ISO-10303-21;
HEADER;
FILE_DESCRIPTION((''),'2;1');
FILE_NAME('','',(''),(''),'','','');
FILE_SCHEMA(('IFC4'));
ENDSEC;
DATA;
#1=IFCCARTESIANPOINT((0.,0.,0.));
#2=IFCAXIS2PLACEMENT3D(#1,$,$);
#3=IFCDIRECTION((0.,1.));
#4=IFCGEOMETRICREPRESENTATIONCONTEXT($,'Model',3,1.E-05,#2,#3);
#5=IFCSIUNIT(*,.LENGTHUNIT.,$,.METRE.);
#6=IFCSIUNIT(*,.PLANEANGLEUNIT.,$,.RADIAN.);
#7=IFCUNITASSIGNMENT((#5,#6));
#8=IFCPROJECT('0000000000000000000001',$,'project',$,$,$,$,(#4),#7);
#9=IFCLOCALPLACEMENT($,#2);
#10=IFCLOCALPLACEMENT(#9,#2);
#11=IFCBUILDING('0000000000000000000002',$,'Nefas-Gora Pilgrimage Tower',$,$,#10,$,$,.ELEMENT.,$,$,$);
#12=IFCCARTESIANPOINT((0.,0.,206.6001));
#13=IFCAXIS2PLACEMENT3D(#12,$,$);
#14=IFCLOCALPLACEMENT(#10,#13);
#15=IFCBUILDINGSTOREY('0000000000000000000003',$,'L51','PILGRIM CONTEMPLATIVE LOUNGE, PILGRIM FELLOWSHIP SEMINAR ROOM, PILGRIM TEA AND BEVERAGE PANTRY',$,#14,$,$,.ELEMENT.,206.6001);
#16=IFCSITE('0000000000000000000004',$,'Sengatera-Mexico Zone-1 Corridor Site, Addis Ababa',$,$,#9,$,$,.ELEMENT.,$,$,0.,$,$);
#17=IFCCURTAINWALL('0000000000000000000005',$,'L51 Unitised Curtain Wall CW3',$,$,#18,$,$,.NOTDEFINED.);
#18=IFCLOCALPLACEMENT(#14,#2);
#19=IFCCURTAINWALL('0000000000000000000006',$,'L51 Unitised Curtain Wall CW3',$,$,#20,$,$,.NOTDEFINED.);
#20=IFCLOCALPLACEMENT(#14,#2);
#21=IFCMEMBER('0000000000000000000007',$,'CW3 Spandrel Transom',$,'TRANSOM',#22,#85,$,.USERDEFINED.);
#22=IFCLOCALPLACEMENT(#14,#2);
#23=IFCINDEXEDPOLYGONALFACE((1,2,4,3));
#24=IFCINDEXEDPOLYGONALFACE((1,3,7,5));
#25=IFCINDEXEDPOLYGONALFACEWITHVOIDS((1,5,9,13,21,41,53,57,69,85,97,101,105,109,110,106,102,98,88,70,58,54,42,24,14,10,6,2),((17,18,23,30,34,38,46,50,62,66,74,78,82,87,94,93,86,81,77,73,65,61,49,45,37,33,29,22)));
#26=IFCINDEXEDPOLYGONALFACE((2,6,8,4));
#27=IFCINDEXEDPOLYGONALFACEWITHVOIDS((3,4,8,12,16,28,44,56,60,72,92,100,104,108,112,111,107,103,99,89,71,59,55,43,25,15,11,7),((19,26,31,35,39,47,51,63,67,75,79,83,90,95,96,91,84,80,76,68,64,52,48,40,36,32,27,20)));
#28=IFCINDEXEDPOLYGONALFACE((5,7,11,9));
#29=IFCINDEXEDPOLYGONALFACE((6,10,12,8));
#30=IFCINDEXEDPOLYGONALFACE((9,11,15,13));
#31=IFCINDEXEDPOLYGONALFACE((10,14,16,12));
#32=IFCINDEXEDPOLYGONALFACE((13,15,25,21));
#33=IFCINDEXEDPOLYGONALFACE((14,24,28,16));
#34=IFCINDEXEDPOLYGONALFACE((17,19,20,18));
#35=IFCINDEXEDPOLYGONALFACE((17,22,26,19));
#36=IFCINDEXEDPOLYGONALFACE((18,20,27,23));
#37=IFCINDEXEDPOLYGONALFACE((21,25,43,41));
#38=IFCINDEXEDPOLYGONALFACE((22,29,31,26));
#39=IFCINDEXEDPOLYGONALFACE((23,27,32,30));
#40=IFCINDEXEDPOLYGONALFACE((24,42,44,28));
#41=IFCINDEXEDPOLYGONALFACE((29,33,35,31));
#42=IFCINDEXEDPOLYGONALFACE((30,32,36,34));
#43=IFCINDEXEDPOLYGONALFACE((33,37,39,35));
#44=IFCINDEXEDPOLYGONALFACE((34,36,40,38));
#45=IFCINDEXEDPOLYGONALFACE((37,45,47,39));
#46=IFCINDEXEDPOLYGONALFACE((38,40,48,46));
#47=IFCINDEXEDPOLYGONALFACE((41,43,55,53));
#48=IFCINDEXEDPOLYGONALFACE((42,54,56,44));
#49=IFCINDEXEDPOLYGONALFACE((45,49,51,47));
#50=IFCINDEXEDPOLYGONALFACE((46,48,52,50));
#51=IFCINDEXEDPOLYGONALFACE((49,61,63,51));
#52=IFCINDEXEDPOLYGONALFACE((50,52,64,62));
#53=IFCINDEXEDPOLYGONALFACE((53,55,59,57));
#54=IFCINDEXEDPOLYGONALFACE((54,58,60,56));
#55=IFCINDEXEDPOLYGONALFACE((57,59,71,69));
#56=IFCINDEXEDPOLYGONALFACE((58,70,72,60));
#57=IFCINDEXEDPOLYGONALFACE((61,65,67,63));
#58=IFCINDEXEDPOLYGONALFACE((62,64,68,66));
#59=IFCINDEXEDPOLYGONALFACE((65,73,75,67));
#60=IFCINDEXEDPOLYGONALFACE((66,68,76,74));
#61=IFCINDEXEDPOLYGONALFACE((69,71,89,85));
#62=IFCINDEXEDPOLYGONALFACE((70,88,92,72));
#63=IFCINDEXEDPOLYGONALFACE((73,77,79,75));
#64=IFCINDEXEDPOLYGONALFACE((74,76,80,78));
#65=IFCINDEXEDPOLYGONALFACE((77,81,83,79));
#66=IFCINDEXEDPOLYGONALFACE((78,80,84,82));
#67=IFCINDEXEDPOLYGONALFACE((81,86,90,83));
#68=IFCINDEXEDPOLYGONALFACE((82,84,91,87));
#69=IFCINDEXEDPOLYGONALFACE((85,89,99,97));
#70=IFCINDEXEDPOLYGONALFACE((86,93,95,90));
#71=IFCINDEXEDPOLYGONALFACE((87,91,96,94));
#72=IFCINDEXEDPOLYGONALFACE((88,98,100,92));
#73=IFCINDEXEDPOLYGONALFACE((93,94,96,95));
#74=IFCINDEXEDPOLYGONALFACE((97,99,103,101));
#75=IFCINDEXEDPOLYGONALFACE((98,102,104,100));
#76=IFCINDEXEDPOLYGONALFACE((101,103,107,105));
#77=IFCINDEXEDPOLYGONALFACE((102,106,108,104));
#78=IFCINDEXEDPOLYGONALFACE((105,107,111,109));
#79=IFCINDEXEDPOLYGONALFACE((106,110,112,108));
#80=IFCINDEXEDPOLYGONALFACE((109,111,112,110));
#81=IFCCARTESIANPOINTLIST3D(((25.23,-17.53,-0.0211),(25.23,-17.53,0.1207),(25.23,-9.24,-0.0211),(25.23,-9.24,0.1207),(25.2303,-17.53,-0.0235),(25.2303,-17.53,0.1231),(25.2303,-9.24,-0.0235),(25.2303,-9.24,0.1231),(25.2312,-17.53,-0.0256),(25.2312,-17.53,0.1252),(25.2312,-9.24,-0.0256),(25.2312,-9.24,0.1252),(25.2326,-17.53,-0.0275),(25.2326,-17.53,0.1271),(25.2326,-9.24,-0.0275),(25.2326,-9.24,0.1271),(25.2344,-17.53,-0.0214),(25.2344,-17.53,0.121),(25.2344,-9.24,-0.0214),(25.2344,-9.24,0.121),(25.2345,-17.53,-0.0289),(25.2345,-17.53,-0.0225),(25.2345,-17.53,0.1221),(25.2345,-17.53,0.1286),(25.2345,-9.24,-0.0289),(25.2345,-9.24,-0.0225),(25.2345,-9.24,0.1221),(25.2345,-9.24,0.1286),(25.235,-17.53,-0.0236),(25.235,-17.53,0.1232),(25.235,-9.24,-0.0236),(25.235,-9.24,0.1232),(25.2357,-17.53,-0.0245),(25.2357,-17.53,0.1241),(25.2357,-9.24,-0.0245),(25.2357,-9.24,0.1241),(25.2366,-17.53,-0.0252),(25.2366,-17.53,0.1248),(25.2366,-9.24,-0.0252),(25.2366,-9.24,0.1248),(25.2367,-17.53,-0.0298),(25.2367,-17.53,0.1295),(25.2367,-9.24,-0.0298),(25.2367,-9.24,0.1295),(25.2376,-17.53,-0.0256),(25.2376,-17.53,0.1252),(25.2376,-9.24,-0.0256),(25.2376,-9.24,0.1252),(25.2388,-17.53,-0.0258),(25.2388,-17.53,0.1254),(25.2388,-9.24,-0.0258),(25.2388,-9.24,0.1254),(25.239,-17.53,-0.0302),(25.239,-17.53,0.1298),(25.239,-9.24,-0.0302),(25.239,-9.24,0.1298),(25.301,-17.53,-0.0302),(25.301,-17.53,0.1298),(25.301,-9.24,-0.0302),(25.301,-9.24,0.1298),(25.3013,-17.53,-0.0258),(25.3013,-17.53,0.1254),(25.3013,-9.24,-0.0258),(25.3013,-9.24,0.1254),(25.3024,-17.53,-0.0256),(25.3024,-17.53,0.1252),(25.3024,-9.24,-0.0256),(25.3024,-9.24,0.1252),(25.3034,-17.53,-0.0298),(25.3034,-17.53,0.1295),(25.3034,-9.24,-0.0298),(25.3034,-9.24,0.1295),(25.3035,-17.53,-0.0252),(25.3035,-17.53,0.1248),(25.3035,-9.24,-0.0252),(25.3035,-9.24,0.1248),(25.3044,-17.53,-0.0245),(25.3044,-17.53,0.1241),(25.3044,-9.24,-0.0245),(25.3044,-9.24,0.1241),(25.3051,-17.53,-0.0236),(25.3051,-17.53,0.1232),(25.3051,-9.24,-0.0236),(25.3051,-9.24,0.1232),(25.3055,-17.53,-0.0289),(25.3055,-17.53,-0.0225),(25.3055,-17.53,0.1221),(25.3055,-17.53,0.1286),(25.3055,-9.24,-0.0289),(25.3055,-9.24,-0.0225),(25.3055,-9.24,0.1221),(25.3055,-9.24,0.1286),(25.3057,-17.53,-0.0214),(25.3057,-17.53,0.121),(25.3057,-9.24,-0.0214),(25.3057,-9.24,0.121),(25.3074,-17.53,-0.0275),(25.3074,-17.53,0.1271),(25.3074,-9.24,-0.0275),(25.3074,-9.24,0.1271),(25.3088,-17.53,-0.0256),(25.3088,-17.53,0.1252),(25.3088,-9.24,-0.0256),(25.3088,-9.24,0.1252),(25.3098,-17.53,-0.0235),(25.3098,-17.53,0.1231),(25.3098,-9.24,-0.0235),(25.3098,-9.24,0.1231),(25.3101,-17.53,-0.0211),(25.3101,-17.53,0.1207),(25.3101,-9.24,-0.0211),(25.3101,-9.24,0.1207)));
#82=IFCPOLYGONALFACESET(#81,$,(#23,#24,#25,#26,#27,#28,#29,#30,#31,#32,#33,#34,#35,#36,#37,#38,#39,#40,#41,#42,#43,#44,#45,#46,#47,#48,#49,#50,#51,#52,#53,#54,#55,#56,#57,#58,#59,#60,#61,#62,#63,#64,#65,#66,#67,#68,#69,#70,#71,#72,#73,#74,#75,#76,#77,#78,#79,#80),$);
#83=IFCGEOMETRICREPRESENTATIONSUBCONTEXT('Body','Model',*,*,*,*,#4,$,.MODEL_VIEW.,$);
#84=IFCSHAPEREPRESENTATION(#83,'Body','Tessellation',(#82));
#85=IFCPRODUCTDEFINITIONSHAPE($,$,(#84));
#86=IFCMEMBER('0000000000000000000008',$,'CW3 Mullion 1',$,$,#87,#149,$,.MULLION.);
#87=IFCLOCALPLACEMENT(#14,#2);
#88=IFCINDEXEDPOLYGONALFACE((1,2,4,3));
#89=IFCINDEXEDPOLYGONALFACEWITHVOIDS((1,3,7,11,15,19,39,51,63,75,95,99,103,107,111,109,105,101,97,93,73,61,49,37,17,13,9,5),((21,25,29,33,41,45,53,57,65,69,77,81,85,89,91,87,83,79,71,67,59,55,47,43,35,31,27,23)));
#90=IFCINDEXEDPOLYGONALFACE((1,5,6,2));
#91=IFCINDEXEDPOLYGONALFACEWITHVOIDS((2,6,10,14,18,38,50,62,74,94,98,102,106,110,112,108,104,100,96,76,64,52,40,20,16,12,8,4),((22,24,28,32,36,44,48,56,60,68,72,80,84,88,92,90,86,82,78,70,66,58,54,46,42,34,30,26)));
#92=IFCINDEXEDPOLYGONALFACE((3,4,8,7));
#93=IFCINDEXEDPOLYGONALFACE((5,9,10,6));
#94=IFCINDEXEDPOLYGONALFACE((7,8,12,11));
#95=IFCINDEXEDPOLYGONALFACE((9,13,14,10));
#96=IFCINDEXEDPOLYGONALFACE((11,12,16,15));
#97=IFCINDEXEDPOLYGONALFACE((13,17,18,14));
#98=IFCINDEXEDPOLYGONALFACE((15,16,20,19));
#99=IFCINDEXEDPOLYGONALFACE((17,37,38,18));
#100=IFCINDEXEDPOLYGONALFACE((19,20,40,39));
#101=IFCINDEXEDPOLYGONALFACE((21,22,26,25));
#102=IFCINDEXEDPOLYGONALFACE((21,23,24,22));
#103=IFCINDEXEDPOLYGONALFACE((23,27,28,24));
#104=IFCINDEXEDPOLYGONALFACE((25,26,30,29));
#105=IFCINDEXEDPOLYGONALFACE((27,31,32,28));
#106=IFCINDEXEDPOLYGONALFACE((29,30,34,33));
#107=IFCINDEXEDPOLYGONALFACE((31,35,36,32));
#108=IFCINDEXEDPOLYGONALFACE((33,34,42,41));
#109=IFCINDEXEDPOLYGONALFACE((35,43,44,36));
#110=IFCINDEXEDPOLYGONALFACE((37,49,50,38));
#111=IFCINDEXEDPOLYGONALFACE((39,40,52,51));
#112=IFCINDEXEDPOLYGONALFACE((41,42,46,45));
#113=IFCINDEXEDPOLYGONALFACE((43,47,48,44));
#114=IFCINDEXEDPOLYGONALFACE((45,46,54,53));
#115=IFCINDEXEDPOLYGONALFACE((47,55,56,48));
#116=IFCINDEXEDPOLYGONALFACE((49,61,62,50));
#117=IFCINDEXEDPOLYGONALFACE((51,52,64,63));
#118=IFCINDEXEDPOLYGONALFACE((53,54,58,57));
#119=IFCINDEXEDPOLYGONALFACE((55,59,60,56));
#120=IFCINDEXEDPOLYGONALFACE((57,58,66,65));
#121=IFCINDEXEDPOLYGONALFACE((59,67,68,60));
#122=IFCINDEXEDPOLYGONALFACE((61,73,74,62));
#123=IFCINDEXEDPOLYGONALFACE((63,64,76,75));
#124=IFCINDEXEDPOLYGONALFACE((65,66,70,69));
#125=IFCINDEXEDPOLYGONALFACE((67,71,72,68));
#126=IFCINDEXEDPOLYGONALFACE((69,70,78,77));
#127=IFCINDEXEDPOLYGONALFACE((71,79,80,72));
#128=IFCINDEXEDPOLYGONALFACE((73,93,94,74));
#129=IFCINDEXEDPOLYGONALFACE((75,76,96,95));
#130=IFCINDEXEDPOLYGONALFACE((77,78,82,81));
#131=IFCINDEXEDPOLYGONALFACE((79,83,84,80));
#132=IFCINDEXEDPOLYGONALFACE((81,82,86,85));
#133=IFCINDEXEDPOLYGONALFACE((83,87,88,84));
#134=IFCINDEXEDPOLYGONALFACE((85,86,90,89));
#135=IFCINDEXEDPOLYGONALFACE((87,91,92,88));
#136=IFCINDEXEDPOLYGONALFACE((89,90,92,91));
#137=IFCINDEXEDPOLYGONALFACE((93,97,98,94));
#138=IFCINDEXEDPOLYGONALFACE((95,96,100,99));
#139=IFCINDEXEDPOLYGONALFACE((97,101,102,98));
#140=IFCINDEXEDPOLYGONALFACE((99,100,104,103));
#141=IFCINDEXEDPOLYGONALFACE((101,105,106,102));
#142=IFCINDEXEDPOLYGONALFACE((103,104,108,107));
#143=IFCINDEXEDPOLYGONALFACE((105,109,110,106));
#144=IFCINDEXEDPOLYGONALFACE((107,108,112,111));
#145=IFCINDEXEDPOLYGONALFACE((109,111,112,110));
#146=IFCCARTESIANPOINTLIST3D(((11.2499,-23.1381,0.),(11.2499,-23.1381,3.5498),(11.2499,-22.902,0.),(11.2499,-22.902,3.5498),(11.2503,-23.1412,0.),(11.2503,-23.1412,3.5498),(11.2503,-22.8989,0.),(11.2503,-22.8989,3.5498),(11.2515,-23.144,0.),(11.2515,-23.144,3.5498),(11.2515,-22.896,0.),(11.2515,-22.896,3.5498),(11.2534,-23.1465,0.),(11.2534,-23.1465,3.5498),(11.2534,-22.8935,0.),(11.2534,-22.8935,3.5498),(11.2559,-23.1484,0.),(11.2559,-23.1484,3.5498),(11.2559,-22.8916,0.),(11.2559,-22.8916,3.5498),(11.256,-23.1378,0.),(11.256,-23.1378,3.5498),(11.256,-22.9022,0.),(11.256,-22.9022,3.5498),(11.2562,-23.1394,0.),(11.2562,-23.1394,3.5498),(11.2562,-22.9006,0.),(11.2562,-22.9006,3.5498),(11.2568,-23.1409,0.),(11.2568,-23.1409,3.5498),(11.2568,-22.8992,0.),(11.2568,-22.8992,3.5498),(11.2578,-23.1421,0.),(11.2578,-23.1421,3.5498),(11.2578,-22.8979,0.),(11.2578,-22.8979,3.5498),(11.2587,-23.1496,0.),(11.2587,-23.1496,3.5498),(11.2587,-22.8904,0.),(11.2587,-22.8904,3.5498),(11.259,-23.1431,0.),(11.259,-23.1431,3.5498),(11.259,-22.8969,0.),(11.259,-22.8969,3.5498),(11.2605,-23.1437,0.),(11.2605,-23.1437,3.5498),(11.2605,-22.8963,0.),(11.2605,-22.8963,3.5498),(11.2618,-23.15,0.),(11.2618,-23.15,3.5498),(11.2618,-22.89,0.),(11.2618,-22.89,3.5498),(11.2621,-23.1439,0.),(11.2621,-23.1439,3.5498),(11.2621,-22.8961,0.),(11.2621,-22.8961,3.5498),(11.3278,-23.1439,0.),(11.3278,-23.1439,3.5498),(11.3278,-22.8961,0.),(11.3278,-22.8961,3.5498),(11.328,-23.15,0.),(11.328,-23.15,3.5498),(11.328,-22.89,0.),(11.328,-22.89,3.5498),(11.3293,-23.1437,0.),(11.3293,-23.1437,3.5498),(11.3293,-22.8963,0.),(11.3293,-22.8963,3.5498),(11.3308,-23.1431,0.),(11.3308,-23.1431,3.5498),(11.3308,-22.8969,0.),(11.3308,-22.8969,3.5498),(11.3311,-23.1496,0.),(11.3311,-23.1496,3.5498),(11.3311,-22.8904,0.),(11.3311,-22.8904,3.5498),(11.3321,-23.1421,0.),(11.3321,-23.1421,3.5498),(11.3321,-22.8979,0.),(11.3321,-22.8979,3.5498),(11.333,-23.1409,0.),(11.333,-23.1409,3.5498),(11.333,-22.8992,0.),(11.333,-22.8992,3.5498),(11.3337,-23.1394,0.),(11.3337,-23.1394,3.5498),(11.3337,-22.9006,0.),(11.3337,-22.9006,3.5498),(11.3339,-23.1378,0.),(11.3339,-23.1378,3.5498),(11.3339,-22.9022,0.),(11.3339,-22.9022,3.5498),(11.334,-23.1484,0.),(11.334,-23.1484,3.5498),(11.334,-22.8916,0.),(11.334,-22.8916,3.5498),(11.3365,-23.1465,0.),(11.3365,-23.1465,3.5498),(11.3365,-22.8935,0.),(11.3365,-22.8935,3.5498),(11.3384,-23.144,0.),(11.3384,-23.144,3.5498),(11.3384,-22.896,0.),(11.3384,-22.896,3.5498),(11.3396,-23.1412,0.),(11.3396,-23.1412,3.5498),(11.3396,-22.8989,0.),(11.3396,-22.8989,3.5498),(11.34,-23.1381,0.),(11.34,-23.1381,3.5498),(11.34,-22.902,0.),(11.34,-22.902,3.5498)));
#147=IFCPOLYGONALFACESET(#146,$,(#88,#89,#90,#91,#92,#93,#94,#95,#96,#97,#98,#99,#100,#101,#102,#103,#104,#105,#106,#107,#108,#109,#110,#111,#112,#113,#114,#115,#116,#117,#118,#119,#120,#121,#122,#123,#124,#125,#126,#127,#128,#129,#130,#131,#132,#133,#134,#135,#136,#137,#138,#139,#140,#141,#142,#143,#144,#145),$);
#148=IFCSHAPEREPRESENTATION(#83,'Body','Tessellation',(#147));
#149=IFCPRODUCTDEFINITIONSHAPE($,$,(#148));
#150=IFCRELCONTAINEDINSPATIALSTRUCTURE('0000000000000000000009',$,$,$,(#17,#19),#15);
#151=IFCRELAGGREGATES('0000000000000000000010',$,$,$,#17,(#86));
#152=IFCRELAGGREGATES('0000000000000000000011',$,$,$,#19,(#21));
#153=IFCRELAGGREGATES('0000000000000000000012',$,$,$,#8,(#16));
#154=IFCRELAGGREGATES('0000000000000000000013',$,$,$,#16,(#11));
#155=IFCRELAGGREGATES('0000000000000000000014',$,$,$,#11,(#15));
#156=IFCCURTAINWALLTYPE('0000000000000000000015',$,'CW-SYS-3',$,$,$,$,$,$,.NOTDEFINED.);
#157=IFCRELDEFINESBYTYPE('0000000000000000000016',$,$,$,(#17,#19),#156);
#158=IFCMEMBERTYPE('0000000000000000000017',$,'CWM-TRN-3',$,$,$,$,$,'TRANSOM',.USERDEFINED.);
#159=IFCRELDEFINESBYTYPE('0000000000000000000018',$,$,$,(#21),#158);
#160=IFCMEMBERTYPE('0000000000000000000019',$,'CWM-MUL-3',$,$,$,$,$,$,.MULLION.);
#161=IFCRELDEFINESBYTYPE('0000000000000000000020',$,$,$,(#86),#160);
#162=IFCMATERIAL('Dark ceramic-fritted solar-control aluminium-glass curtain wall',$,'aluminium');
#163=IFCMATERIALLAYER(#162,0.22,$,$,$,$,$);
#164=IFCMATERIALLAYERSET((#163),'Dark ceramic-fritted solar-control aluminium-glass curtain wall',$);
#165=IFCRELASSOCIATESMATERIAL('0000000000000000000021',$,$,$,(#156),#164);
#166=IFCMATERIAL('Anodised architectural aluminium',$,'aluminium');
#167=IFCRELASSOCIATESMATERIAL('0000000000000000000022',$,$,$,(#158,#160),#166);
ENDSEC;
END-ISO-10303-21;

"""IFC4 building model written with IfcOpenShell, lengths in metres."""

from ifc_helpers import new_model, si_unit, direction, frame, origin, origin_2d, place, context, subcontext, project, spatial, hollow_rectangle, extrude, source, transform, mapped, material, layer, layer_set, material_profile, profile_set, type_object, element, aggregate, save


model = new_model("IFC4")

# Units and contexts
model_context = context("Model", 3, precision=1e-05, world=origin(), true_north=direction((0.0, 1.0)))
body_context = subcontext(model_context, "Body", "Model", "MODEL_VIEW")
ifc_project = project(units=[si_unit("LENGTHUNIT", "METRE"), si_unit("PLANEANGLEUNIT", "RADIAN")], contexts=[model_context])

# Site, building, storey
site_placement = place(None, origin())
site = spatial("IfcSite", under=ifc_project, at=site_placement, Name="Sengatera-Mexico Zone-1 Corridor Site, Addis Ababa", CompositionType="ELEMENT", RefElevation=0.0)
building_placement = place(site_placement, origin())
building = spatial("IfcBuilding", under=site, at=building_placement, Name="Nefas-Gora Pilgrimage Tower", CompositionType="ELEMENT")
storey_placement = place(building_placement, frame((0.0, 0.0, 206.6001)))
storey = spatial("IfcBuildingStorey", under=building, at=storey_placement, Name="L51", Description="PILGRIM CONTEMPLATIVE LOUNGE, PILGRIM FELLOWSHIP SEMINAR ROOM, PILGRIM TEA AND BEVERAGE PANTRY", CompositionType="ELEMENT", Elevation=206.6001)

# Curtain walls, member
ifc_material_1 = material(Name="Dark ceramic-fritted solar-control aluminium-glass curtain wall", Category="aluminium")
ifc_layer_1 = layer(ifc_material_1, 0.22)
ifc_layer_set_1 = layer_set([ifc_layer_1], Name="Dark ceramic-fritted solar-control aluminium-glass curtain wall")
curtain_wall_type = type_object("IfcCurtainWallType", Name="CW-SYS-3", PredefinedType="NOTDEFINED", material=ifc_layer_set_1)
curtain_wall_1_placement = place(storey_placement, origin())
curtain_wall_1 = element("IfcCurtainWall", 1, at=curtain_wall_1_placement, inside=storey, type_object=curtain_wall_type, Name="L51 Unitised Curtain Wall CW3", PredefinedType="NOTDEFINED")
ifc_material_2 = material(Name="Anodised architectural aluminium", Category="aluminium")
ifc_material_profile_1 = material_profile(ifc_material_2, hollow_rectangle(XDim=0.0801, YDim=0.1599, WallThickness=0.0044, InnerFilletRadius=0.0044, OuterFilletRadius=0.009, at=origin_2d()), Name="ALU TRANSOM 80x160")
ifc_profile_set_1 = profile_set([ifc_material_profile_1], Name="Anodised architectural aluminium")
member_type_1 = type_object("IfcMemberType", Name="CWM-TRN-3", ElementType="TRANSOM", PredefinedType="USERDEFINED", material=ifc_profile_set_1)
curtain_wall_2_placement = place(storey_placement, origin())
curtain_wall_2 = element("IfcCurtainWall", 2, at=curtain_wall_2_placement, inside=storey, type_object=curtain_wall_type, Name="L51 Unitised Curtain Wall CW3", PredefinedType="NOTDEFINED")
shared_shape_1 = source(origin(), body_context, "Body", "SweptSolid", [
    extrude(hollow_rectangle(XDim=0.0801, YDim=0.1599, WallThickness=0.0044, InnerFilletRadius=0.0044, OuterFilletRadius=0.009, at=origin_2d()), origin(), (0.0, 0.0, 1.0), 8.29),
])
member_1_placement = place(storey_placement, frame((25.27, -17.53, 0.0498), z_axis=(0.0, 1.0, 0.0), x_axis=(-1.0, 0.0, 0.0)))
member_1 = element("IfcMember", 3, at=member_1_placement, type_object=member_type_1, Name="CW3 Spandrel Transom", ObjectType="TRANSOM", PredefinedType="USERDEFINED", context=body_context, shape_type="MappedRepresentation", body=[
    mapped(shared_shape_1, transform((0.0, 0.0, 0.0), x_axis=(1.0, 0.0, 0.0), y_axis=(0.0, 1.0, 0.0), z_axis=(0.0, 0.0, 1.0), scale=1.0)),
])

# Member
ifc_material_profile_2 = material_profile(ifc_material_2, hollow_rectangle(XDim=0.0901, YDim=0.26, WallThickness=0.0061, InnerFilletRadius=0.0061, OuterFilletRadius=0.012, at=origin_2d()), Name="ALU MULLION 90x260")
ifc_profile_set_2 = profile_set([ifc_material_profile_2], Name="Anodised architectural aluminium")
member_type_2 = type_object("IfcMemberType", Name="CWM-MUL-3", PredefinedType="MULLION", material=ifc_profile_set_2)
shared_shape_2 = source(origin(), body_context, "Body", "SweptSolid", [
    extrude(hollow_rectangle(XDim=0.0901, YDim=0.26, WallThickness=0.0061, InnerFilletRadius=0.0061, OuterFilletRadius=0.012, at=origin_2d()), origin(), (0.0, 0.0, 1.0), 3.5498),
])
member_2_placement = place(storey_placement, frame((11.2949, -23.02, 0.0), z_axis=(0.0, 0.0, 1.0), x_axis=(1.0, 0.0, 0.0)))
member_2 = element("IfcMember", 4, at=member_2_placement, type_object=member_type_2, Name="CW3 Mullion 1", PredefinedType="MULLION", context=body_context, shape_type="MappedRepresentation", body=[
    mapped(shared_shape_2, transform((0.0, 0.0, 0.0), x_axis=(1.0, 0.0, 0.0), y_axis=(0.0, 1.0, 0.0), z_axis=(0.0, 0.0, 1.0), scale=1.0)),
])

aggregate(curtain_wall_1, [member_2])
aggregate(curtain_wall_2, [member_1])

save(model, "model.ifc")
